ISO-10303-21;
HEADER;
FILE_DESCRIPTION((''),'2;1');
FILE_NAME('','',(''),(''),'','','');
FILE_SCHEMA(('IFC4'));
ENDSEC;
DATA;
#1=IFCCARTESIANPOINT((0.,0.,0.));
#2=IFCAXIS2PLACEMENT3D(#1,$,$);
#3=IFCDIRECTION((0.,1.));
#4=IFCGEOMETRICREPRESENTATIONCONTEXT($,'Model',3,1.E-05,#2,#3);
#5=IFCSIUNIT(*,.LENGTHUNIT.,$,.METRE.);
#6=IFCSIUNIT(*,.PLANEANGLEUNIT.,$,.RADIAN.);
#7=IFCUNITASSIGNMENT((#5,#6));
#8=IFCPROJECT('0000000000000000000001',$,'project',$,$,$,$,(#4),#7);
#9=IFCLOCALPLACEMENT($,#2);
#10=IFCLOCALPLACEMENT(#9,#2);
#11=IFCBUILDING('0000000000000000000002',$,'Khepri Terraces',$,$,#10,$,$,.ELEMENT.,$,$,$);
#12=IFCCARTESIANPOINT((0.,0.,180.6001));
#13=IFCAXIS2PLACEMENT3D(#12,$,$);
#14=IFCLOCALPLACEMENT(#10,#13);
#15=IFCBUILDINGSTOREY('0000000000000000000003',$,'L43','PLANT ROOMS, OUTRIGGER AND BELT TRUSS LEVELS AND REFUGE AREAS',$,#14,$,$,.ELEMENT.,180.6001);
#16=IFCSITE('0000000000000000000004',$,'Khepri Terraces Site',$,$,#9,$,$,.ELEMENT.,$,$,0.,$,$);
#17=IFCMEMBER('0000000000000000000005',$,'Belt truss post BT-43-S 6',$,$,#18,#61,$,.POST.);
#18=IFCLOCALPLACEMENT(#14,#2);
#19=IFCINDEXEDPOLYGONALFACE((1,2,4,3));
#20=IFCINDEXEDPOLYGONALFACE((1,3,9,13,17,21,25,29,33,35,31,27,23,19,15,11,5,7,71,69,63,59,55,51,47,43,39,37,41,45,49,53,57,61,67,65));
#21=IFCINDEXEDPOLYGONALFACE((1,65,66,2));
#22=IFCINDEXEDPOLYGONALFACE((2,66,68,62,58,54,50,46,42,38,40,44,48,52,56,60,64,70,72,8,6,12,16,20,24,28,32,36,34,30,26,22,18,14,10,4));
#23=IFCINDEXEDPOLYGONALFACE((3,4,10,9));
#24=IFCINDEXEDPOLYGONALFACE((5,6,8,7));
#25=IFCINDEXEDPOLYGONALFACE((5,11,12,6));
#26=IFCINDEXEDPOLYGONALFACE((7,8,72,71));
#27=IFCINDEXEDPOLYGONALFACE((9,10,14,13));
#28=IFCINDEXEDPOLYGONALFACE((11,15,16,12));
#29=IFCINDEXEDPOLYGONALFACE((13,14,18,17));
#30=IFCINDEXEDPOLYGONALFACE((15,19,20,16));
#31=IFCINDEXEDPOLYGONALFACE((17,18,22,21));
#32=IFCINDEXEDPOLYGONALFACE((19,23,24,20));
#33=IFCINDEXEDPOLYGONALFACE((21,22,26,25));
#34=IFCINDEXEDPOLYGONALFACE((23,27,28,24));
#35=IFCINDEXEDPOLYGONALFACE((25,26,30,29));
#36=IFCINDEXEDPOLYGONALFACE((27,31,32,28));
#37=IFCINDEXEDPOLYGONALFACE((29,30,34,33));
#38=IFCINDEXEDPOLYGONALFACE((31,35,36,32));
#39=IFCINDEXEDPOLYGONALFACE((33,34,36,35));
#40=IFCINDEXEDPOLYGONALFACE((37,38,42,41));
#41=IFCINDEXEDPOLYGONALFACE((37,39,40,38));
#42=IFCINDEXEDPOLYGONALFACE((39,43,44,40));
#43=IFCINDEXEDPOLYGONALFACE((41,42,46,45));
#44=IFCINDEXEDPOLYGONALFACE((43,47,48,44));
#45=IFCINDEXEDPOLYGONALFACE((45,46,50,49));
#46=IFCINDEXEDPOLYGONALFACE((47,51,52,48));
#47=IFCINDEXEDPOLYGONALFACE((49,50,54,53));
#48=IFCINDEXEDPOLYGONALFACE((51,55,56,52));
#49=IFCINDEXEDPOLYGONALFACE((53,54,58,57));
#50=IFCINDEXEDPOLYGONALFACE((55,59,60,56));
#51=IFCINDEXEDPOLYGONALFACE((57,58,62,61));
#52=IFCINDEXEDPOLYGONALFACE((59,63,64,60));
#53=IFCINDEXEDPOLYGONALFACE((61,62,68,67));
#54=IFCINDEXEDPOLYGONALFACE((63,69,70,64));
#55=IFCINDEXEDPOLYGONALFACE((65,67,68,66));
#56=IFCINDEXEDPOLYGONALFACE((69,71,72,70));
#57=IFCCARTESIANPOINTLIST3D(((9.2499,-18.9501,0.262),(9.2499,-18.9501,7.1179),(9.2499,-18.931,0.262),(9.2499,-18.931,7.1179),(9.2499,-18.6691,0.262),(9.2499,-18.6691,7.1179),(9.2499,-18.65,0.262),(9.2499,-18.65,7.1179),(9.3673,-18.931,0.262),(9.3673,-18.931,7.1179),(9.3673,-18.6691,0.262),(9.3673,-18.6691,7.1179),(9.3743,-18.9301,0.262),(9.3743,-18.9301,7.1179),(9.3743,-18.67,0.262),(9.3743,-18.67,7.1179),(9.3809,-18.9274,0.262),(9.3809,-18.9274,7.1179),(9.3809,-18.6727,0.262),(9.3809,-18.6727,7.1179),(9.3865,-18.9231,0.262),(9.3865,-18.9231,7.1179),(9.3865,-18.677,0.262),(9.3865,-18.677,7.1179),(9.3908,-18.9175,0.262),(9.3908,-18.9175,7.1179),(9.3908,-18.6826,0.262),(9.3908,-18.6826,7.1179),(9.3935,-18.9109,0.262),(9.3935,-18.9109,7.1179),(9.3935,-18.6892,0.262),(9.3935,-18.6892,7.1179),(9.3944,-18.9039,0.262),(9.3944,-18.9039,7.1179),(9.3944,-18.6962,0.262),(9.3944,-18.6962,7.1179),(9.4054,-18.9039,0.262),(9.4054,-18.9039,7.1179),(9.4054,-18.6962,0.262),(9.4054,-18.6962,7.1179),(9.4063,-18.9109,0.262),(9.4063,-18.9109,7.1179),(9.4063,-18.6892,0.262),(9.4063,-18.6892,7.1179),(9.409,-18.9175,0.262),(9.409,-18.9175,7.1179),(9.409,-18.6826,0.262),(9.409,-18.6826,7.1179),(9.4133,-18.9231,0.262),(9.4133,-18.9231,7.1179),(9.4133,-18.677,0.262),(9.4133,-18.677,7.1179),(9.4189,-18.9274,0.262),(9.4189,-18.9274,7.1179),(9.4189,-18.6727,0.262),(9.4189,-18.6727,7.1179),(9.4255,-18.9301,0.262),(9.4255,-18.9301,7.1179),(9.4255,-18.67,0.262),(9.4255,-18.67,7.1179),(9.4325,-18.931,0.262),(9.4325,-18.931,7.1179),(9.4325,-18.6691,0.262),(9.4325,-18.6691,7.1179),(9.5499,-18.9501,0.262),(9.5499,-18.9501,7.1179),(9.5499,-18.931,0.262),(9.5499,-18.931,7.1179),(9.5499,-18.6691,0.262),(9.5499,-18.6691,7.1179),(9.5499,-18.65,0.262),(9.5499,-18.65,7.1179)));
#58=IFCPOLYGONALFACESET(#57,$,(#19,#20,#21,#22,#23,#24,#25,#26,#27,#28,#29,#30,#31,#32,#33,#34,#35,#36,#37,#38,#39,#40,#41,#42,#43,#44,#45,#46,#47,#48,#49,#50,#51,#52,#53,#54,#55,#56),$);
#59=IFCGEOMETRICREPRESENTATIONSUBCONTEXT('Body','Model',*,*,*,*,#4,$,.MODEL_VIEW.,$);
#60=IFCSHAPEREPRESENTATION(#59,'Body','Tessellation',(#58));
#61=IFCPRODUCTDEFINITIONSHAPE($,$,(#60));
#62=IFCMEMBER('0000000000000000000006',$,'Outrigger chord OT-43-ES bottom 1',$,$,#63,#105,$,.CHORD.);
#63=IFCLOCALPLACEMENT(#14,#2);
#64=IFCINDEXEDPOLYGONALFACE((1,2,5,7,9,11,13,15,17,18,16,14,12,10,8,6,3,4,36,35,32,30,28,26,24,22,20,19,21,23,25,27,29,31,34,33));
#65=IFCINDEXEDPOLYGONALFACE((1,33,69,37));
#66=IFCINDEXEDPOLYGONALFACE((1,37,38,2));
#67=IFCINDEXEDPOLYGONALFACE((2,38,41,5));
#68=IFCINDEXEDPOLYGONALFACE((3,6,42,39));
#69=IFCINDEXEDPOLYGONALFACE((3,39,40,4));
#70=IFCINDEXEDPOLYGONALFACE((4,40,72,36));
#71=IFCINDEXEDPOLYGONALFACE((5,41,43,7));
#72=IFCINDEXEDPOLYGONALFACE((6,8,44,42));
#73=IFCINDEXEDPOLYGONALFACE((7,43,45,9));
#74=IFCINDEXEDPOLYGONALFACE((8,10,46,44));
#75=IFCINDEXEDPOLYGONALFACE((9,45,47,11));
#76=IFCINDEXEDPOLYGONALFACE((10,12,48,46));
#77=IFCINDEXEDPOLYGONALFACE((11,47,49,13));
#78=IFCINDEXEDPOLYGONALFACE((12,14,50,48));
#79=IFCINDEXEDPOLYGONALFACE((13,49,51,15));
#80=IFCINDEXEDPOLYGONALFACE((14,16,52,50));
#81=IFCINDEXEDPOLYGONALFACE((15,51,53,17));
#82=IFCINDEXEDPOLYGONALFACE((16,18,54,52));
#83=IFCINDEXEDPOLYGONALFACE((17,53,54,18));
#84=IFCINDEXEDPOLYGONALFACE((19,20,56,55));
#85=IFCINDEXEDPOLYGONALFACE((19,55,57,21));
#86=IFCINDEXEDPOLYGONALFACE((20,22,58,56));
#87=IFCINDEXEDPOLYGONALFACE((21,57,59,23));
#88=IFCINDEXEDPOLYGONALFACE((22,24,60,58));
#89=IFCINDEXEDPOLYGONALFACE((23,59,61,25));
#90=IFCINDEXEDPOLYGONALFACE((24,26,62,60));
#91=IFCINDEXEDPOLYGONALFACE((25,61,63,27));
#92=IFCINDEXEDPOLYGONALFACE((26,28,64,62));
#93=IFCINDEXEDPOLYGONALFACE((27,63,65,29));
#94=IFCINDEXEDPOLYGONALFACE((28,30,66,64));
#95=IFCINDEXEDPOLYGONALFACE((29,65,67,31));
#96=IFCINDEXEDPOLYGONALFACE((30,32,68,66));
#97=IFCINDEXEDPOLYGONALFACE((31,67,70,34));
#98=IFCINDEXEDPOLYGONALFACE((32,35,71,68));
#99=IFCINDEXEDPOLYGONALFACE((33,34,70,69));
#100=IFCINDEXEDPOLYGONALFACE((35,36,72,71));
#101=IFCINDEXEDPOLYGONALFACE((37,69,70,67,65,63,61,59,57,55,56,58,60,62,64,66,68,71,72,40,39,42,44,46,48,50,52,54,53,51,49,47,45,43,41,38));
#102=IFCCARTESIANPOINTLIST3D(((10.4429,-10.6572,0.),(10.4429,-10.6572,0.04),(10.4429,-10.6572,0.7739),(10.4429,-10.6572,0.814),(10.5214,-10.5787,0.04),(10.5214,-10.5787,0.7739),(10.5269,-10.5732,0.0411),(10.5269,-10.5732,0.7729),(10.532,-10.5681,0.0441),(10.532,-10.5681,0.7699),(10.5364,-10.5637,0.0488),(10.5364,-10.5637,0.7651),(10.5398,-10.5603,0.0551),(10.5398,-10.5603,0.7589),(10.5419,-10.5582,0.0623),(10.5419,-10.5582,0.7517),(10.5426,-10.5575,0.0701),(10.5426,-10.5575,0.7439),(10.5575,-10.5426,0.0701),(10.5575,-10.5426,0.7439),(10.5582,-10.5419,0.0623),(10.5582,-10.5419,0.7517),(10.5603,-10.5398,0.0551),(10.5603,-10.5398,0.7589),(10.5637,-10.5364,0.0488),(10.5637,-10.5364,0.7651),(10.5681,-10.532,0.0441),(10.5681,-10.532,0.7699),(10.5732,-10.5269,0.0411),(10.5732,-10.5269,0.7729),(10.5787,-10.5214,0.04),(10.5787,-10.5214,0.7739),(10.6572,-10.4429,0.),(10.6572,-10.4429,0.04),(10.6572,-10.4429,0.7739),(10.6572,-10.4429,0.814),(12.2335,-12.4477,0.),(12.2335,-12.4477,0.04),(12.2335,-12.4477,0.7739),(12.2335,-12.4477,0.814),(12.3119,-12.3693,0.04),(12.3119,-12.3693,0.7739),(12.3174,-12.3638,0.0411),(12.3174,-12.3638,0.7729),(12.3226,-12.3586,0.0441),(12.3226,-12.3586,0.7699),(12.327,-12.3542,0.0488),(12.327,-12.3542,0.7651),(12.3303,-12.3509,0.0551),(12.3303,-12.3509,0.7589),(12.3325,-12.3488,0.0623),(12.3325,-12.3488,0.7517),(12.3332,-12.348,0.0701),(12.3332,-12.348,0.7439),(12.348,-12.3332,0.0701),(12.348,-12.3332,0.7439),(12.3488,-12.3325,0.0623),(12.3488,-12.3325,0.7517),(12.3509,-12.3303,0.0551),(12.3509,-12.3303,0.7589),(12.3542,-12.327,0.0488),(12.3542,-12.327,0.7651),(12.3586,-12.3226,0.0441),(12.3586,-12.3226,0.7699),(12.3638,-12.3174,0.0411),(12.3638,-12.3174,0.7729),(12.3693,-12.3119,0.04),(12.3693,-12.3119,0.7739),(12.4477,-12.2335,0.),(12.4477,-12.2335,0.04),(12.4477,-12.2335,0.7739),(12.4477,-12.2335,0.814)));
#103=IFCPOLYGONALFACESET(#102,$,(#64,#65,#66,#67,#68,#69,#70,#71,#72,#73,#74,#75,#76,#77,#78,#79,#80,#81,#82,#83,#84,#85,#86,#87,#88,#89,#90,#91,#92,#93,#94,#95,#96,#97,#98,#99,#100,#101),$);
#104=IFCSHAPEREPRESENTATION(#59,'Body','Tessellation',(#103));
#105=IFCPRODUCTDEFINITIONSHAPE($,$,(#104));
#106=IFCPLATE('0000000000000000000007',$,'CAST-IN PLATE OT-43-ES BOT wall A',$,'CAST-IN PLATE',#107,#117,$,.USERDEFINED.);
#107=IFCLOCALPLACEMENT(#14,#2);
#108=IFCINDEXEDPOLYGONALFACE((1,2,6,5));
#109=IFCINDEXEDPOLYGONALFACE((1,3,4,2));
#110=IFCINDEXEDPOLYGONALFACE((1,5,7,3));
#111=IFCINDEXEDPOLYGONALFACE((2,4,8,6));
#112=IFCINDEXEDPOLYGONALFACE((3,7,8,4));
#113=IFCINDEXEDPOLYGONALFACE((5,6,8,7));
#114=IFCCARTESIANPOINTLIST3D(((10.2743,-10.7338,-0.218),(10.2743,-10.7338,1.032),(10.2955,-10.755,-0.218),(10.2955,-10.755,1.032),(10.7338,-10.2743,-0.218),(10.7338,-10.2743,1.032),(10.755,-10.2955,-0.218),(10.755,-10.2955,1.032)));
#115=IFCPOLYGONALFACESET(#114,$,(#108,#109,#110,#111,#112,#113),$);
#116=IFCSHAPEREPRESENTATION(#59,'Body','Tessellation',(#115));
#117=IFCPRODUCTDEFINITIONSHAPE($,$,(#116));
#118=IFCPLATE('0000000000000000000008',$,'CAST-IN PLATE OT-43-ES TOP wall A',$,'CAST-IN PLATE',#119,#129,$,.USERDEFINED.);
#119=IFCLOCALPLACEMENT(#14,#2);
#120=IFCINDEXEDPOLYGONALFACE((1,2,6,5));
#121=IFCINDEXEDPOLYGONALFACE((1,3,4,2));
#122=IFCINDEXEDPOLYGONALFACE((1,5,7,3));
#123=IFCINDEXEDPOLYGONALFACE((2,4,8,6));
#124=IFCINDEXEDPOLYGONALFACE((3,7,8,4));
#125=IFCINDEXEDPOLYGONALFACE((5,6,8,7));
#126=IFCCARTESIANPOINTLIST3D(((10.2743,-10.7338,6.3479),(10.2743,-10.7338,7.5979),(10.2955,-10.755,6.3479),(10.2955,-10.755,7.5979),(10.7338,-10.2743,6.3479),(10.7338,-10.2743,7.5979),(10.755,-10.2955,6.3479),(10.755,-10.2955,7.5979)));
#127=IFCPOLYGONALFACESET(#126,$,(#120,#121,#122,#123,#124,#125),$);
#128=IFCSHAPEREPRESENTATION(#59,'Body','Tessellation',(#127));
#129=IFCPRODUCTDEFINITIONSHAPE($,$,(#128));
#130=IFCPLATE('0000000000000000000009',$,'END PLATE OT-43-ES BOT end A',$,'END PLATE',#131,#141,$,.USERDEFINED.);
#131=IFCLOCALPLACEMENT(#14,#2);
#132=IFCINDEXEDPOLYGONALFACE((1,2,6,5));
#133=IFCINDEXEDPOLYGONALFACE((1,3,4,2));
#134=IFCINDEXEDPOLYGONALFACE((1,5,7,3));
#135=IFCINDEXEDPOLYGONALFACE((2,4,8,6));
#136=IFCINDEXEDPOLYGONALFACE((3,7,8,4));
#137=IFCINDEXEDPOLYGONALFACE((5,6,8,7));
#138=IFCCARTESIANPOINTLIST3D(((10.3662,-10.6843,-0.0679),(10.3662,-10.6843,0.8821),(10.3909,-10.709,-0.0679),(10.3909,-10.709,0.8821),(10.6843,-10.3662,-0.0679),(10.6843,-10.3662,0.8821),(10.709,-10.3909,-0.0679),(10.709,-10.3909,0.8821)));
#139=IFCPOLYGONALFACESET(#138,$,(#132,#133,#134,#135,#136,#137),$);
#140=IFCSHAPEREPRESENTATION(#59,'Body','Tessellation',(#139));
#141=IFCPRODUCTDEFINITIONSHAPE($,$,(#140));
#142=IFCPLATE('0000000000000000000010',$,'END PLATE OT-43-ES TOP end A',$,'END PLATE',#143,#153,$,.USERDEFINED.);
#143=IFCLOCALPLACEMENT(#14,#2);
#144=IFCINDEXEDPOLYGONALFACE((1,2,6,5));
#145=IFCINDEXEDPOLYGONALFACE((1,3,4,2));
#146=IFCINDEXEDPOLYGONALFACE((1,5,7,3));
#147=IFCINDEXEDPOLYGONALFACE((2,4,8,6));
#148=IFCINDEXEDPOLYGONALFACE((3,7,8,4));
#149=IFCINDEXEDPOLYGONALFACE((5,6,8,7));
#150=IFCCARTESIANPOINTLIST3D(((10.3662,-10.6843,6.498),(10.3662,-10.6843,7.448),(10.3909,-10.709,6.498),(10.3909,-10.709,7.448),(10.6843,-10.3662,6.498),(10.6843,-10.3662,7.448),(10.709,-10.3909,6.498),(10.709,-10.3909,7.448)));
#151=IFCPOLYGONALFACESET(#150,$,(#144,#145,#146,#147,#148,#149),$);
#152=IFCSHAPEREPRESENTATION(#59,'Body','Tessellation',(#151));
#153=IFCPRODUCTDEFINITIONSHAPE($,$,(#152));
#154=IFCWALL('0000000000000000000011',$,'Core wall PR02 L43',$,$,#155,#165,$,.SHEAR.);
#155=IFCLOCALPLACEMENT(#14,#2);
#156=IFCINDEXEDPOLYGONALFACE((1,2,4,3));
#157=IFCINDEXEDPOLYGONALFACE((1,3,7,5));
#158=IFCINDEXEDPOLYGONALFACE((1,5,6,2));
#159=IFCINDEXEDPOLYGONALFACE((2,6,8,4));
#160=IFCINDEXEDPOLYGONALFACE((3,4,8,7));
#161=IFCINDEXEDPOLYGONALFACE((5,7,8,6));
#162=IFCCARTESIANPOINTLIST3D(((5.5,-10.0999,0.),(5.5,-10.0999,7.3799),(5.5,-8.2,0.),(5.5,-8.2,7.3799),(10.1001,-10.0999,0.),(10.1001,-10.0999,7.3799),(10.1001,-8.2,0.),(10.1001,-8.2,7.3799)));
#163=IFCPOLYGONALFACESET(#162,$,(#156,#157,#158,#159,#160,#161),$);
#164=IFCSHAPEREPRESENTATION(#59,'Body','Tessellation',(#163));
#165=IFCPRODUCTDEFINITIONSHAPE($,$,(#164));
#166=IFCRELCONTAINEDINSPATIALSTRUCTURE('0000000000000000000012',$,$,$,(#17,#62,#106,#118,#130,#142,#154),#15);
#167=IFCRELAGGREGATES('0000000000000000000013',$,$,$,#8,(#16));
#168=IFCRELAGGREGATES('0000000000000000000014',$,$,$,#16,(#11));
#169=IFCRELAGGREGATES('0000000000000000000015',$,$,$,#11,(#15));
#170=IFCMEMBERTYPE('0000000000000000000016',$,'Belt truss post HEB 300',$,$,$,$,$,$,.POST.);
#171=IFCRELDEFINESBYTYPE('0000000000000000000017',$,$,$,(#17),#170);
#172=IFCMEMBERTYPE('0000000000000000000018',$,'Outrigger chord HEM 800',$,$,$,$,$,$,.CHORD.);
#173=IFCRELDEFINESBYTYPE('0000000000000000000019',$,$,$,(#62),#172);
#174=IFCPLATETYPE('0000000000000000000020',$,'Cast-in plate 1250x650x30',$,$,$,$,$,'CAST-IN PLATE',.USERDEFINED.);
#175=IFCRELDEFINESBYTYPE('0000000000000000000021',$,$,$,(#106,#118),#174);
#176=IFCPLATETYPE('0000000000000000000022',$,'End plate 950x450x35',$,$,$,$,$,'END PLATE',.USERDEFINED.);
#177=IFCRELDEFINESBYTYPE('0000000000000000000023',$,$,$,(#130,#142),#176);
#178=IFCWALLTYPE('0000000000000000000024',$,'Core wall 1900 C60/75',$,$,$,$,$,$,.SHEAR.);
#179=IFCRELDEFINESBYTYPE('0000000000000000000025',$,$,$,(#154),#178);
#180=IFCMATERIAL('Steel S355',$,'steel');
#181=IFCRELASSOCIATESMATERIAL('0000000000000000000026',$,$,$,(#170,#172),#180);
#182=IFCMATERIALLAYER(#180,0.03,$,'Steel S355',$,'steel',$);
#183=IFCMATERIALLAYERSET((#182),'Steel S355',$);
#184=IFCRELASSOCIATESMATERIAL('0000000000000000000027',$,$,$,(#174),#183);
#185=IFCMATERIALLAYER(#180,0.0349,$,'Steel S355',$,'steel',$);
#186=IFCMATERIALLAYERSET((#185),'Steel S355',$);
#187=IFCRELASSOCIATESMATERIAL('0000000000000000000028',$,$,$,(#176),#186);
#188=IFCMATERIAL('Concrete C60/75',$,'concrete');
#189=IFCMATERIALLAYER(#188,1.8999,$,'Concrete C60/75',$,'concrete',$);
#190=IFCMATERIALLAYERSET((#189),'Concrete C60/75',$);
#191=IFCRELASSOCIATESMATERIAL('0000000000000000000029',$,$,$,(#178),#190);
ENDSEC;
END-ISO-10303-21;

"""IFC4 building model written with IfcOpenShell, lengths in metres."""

from ifc_helpers import new_model, si_unit, direction, frame, frame_2d, origin, origin_2d, place, context, subcontext, project, spatial, rectangle, i_section, extrude, material, layer, layer_set, material_profile, profile_set, type_object, element, save


model = new_model("IFC4")

# Units and contexts
model_context = context("Model", 3, precision=1e-05, world=origin(), true_north=direction((0.0, 1.0)))
body_context = subcontext(model_context, "Body", "Model", "MODEL_VIEW")
ifc_project = project(units=[si_unit("LENGTHUNIT", "METRE"), si_unit("PLANEANGLEUNIT", "RADIAN")], contexts=[model_context])

# Site, building, storey
site_placement = place(None, origin())
site = spatial("IfcSite", under=ifc_project, at=site_placement, Name="Khepri Terraces Site", CompositionType="ELEMENT", RefElevation=0.0)
building_placement = place(site_placement, origin())
building = spatial("IfcBuilding", under=site, at=building_placement, Name="Khepri Terraces", CompositionType="ELEMENT")
storey_placement = place(building_placement, frame((0.0, 0.0, 180.6001)))
storey = spatial("IfcBuildingStorey", under=building, at=storey_placement, Name="L43", Description="PLANT ROOMS, OUTRIGGER AND BELT TRUSS LEVELS AND REFUGE AREAS", CompositionType="ELEMENT", Elevation=180.6001)

# Members
ifc_material_1 = material(Name="Steel S355", Category="steel")
ifc_material_profile_1 = material_profile(ifc_material_1, i_section(OverallWidth=0.3, OverallDepth=0.3, WebThickness=0.011, FlangeThickness=0.019, FilletRadius=0.0271, at=origin_2d()), Name="Steel S355", Category="steel")
ifc_profile_set_1 = profile_set([ifc_material_profile_1], Name="Steel S355")
member_type_1 = type_object("IfcMemberType", Name="Belt truss post HEB 300", PredefinedType="POST", material=ifc_profile_set_1)
member_1_placement = place(storey_placement, frame((9.3999, -18.8, 0.262), z_axis=(0.0, 0.0, 1.0), x_axis=(1.0, 0.0, 0.0)))
element("IfcMember", 1, at=member_1_placement, inside=storey, type_object=member_type_1, Name="Belt truss post BT-43-S 6", PredefinedType="POST", context=body_context, shape_type="SweptSolid", body=[
    extrude(i_section(OverallWidth=0.3, OverallDepth=0.3, WebThickness=0.011, FlangeThickness=0.019, FilletRadius=0.0271, at=origin_2d()), origin(), (0.0, 0.0, 1.0), 6.856),
])
ifc_material_profile_2 = material_profile(ifc_material_1, i_section(OverallWidth=0.303, OverallDepth=0.814, WebThickness=0.021, FlangeThickness=0.04, FilletRadius=0.03, at=origin_2d()), Name="Steel S355", Category="steel")
ifc_profile_set_2 = profile_set([ifc_material_profile_2], Name="Steel S355")
member_type_2 = type_object("IfcMemberType", Name="Outrigger chord HEM 800", PredefinedType="CHORD", material=ifc_profile_set_2)
member_2_placement = place(storey_placement, frame((10.55, -10.55, 0.407), z_axis=(0.707107, -0.707107, 0.0), x_axis=(0.707107, 0.707107, 0.0)))
element("IfcMember", 2, at=member_2_placement, inside=storey, type_object=member_type_2, Name="Outrigger chord OT-43-ES bottom 1", PredefinedType="CHORD", context=body_context, shape_type="SweptSolid", body=[
    extrude(i_section(OverallWidth=0.303, OverallDepth=0.814, WebThickness=0.021, FlangeThickness=0.04, FilletRadius=0.03, at=origin_2d()), origin(), (0.0, 0.0, 1.0), 2.5322),
])

# Plates
ifc_layer_1 = layer(ifc_material_1, 0.03, Name="Steel S355", Category="steel")
ifc_layer_set_1 = layer_set([ifc_layer_1], Name="Steel S355")
plate_type_1 = type_object("IfcPlateType", Name="Cast-in plate 1250x650x30", ElementType="CAST-IN PLATE", PredefinedType="USERDEFINED", material=ifc_layer_set_1)
for number, where, z_axis, x_axis, name in (
    (3, (10.5146, -10.5146, -0.218), (0.0, 0.0, 1.0), (0.707107, -0.707107, 0.0), "CAST-IN PLATE OT-43-ES BOT wall A"),
    (4, (10.5146, -10.5146, 6.3479), (0.0, 0.0, 1.0), (0.707107, -0.707107, 0.0), "CAST-IN PLATE OT-43-ES TOP wall A"),
):
    element("IfcPlate", number, at=place(storey_placement, frame(where, z_axis=z_axis, x_axis=x_axis)), inside=storey, type_object=plate_type_1, Name=name, ObjectType="CAST-IN PLATE", PredefinedType="USERDEFINED", context=body_context, shape_type="SweptSolid", body=[
        extrude(rectangle(XDim=0.03, YDim=0.6499, at=origin_2d()), origin(), (0.0, 0.0, 1.0), 1.25),
    ])
ifc_layer_2 = layer(ifc_material_1, 0.0349, Name="Steel S355", Category="steel")
ifc_layer_set_2 = layer_set([ifc_layer_2], Name="Steel S355")
plate_type_2 = type_object("IfcPlateType", Name="End plate 950x450x35", ElementType="END PLATE", PredefinedType="USERDEFINED", material=ifc_layer_set_2)
for number, where, z_axis, x_axis, name in (
    (5, (10.5376, -10.5376, -0.0679), (0.0, 0.0, 1.0), (0.707107, -0.707107, 0.0), "END PLATE OT-43-ES BOT end A"),
    (6, (10.5376, -10.5376, 6.498), (0.0, 0.0, 1.0), (0.707107, -0.707107, 0.0), "END PLATE OT-43-ES TOP end A"),
):
    element("IfcPlate", number, at=place(storey_placement, frame(where, z_axis=z_axis, x_axis=x_axis)), inside=storey, type_object=plate_type_2, Name=name, ObjectType="END PLATE", PredefinedType="USERDEFINED", context=body_context, shape_type="SweptSolid", body=[
        extrude(rectangle(XDim=0.0349, YDim=0.45, at=origin_2d()), origin(), (0.0, 0.0, 1.0), 0.95),
    ])

# Wall
ifc_material_2 = material(Name="Concrete C60/75", Category="concrete")
ifc_layer_3 = layer(ifc_material_2, 1.8999, Name="Concrete C60/75", Category="concrete")
ifc_layer_set_3 = layer_set([ifc_layer_3], Name="Concrete C60/75")
wall_type_1 = type_object("IfcWallType", Name="Core wall 1900 C60/75", PredefinedType="SHEAR", material=ifc_layer_set_3)
wall_1_placement = place(storey_placement, frame((5.5, -9.1499, 0.0), z_axis=(0.0, 0.0, 1.0), x_axis=(1.0, 0.0, 0.0)))
element("IfcWall", 7, at=wall_1_placement, inside=storey, type_object=wall_type_1, Name="Core wall PR02 L43", PredefinedType="SHEAR", context=body_context, shape_type="SweptSolid", body=[
    extrude(rectangle(XDim=4.6001, YDim=1.8999, at=frame_2d((2.3, 0.0))), origin(), (0.0, 0.0, 1.0), 7.3799),
])

save(model, "model.ifc")
